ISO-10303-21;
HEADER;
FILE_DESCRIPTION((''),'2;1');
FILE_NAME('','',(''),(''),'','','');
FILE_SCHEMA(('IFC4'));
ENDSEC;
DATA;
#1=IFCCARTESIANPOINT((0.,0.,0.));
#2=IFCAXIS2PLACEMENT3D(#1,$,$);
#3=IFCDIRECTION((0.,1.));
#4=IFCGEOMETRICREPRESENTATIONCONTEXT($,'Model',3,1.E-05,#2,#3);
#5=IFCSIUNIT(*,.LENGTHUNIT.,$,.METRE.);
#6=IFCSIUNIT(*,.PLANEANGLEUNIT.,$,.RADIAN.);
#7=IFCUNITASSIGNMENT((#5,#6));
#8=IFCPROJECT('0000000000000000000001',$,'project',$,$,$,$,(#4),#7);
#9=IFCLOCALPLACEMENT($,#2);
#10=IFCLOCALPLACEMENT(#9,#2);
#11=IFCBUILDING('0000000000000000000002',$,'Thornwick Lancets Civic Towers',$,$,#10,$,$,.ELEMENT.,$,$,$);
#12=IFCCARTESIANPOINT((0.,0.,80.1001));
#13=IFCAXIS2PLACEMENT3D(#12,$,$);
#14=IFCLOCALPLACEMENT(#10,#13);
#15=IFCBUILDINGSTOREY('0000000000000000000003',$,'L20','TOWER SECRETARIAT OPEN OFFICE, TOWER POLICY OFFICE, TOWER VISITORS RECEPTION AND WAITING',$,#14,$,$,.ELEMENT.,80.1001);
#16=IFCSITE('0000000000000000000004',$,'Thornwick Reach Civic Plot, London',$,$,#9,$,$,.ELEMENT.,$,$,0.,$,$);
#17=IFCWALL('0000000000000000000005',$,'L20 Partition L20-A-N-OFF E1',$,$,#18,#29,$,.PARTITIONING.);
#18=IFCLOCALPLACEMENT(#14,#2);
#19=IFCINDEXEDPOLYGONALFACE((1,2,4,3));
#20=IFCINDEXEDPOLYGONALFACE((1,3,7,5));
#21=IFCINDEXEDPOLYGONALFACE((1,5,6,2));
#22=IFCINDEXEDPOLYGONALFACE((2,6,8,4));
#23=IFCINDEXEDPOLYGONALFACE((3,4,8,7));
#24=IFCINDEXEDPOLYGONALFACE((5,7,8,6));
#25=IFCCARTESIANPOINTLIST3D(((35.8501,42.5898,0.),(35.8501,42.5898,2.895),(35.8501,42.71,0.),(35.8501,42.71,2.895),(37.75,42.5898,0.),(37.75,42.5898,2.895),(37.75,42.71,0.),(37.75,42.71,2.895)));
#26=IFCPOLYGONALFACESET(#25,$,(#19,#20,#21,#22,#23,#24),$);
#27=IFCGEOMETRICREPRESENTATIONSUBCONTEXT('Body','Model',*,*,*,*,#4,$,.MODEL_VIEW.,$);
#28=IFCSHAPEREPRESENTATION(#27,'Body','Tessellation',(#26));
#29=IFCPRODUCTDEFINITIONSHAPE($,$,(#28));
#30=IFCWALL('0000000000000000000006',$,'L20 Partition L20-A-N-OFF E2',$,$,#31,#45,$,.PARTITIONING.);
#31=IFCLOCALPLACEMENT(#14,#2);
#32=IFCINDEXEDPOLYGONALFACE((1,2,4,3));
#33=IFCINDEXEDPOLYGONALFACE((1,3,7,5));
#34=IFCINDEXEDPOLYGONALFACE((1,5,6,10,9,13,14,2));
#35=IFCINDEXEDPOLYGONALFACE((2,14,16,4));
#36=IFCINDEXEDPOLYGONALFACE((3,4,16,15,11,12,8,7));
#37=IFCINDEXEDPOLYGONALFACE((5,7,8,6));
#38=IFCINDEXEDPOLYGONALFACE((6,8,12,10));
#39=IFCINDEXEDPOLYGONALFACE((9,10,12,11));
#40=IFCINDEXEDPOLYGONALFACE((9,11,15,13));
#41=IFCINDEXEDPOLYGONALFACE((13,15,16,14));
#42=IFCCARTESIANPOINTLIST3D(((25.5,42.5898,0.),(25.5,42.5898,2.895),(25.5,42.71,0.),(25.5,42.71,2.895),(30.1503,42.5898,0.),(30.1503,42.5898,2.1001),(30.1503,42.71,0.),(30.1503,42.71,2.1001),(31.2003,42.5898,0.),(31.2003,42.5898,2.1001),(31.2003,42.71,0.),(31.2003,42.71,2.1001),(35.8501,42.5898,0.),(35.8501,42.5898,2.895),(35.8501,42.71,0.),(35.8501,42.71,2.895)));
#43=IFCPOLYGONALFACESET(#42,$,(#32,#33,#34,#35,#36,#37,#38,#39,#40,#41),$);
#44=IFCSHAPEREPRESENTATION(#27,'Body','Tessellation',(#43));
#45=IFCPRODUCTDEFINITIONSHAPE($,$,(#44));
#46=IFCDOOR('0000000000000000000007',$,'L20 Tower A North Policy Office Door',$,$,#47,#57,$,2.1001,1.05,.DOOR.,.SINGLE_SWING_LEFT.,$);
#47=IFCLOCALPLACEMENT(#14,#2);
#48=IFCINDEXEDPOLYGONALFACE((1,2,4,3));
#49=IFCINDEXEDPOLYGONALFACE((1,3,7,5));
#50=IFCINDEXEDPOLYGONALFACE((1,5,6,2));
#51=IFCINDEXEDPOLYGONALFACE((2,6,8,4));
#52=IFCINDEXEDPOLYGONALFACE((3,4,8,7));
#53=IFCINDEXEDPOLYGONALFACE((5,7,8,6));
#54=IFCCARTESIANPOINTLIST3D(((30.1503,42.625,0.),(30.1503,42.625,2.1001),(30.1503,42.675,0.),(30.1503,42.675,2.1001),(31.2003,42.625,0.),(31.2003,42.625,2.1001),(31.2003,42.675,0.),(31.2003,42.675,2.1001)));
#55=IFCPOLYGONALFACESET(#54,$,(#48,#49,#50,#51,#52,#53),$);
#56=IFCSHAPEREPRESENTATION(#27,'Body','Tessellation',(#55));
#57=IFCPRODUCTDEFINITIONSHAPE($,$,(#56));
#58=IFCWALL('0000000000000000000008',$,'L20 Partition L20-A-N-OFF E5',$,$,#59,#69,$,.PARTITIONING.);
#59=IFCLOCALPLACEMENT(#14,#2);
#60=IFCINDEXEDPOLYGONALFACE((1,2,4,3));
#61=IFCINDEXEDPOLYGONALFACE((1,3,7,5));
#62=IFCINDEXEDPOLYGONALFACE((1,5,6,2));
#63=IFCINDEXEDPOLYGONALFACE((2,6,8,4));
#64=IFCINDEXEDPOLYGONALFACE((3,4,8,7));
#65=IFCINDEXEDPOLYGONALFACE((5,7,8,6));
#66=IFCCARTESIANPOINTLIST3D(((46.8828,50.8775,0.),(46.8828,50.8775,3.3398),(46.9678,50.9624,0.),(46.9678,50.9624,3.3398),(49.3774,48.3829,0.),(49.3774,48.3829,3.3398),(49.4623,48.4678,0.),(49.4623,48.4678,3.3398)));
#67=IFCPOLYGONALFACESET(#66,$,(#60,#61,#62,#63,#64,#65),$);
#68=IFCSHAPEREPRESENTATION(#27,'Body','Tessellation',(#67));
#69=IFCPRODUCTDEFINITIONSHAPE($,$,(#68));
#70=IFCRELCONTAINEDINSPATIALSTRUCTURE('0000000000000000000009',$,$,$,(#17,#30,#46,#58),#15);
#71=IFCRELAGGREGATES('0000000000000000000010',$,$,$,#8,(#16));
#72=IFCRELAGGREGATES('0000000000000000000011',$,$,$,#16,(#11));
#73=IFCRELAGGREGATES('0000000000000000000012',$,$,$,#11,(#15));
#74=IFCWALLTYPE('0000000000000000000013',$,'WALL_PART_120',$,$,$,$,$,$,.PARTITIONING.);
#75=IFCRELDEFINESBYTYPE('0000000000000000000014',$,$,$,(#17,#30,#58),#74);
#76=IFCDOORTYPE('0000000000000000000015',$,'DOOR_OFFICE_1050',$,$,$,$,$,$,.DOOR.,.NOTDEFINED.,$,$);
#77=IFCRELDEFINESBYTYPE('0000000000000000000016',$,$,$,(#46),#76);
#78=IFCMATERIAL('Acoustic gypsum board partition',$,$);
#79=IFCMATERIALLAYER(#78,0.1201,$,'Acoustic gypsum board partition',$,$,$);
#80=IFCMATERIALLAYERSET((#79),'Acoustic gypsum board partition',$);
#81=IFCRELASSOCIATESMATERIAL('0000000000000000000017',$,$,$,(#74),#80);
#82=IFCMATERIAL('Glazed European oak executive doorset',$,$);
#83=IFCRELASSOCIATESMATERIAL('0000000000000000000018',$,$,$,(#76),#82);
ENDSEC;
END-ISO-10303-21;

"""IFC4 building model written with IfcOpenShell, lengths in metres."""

from ifc_helpers import new_model, si_unit, direction, frame, frame_2d, origin, place, context, subcontext, project, spatial, rectangle, extrude, material, layer, layer_set, type_object, element, fill, save


model = new_model("IFC4")

# Units and contexts
model_context = context("Model", 3, precision=1e-05, world=origin(), true_north=direction((0.0, 1.0)))
body_context = subcontext(model_context, "Body", "Model", "MODEL_VIEW")
ifc_project = project(units=[si_unit("LENGTHUNIT", "METRE"), si_unit("PLANEANGLEUNIT", "RADIAN")], contexts=[model_context])

# Site, building, storey
site_placement = place(None, origin())
site = spatial("IfcSite", under=ifc_project, at=site_placement, Name="Thornwick Reach Civic Plot, London", CompositionType="ELEMENT", RefElevation=0.0)
building_placement = place(site_placement, origin())
building = spatial("IfcBuilding", under=site, at=building_placement, Name="Thornwick Lancets Civic Towers", CompositionType="ELEMENT")
storey_placement = place(building_placement, frame((0.0, 0.0, 80.1001)))
storey = spatial("IfcBuildingStorey", under=building, at=storey_placement, Name="L20", Description="TOWER SECRETARIAT OPEN OFFICE, TOWER POLICY OFFICE, TOWER VISITORS RECEPTION AND WAITING", CompositionType="ELEMENT", Elevation=80.1001)

# Wall
ifc_material_1 = material(Name="Acoustic gypsum board partition")
ifc_layer_1 = layer(ifc_material_1, 0.1201, Name="Acoustic gypsum board partition")
ifc_layer_set_1 = layer_set([ifc_layer_1], Name="Acoustic gypsum board partition")
wall_type_1 = type_object("IfcWallType", Name="WALL_PART_120", PredefinedType="PARTITIONING", material=ifc_layer_set_1)
wall_1_placement = place(storey_placement, frame((37.75, 42.6499, 0.0), z_axis=(0.0, 0.0, 1.0), x_axis=(-1.0, 0.0, 0.0)))
element("IfcWall", 1, at=wall_1_placement, inside=storey, type_object=wall_type_1, Name="L20 Partition L20-A-N-OFF E1", PredefinedType="PARTITIONING", context=body_context, shape_type="SweptSolid", body=[
    extrude(rectangle(XDim=1.8999, YDim=0.1201, at=frame_2d((0.95, 0.0))), origin(), (0.0, 0.0, 1.0), 2.895),
])

# Wall, opening, door
wall_2_placement = place(storey_placement, frame((35.8501, 42.6499, 0.0), z_axis=(0.0, 0.0, 1.0), x_axis=(-1.0, 0.0, 0.0)))
wall_2 = element("IfcWall", 2, at=wall_2_placement, inside=storey, type_object=wall_type_1, Name="L20 Partition L20-A-N-OFF E2", PredefinedType="PARTITIONING", context=body_context, shape_type="SweptSolid", body=[
    extrude(rectangle(XDim=10.3501, YDim=0.1201, at=frame_2d((5.175, 0.0))), origin(), (0.0, 0.0, 1.0), 2.895),
])
opening_1_placement = place(wall_2_placement, frame((4.6499, 0.0, 0.0)))
opening_1 = element("IfcOpeningElement", 3, at=opening_1_placement, cuts=wall_2, PredefinedType="OPENING", context=body_context, shape_type="SweptSolid", body=[
    extrude(rectangle(XDim=1.05, YDim=2.1001, at=frame_2d((0.5249, 1.05))), frame((0.0, 0.0701, 0.0), z_axis=(0.0, -1.0, 0.0), x_axis=(1.0, 0.0, 0.0)), (0.0, 0.0, 1.0), 0.1401),
])
ifc_material_2 = material(Name="Glazed European oak executive doorset")
door_type_1 = type_object("IfcDoorType", Name="DOOR_OFFICE_1050", OperationType="NOTDEFINED", PredefinedType="DOOR", material=ifc_material_2)
door_1_placement = place(opening_1_placement, origin())
door_1 = element("IfcDoor", 4, at=door_1_placement, inside=storey, type_object=door_type_1, Name="L20 Tower A North Policy Office Door", OperationType="SINGLE_SWING_LEFT", OverallHeight=2.1001, OverallWidth=1.05, PredefinedType="DOOR", context=body_context, shape_type="SweptSolid", body=[
    extrude(rectangle(XDim=1.05, YDim=2.1001, at=frame_2d((0.5249, 1.05))), frame((0.0, 0.0249, 0.0), z_axis=(0.0, -1.0, 0.0), x_axis=(1.0, 0.0, 0.0)), (0.0, 0.0, 1.0), 0.05),
])
fill(opening_1, door_1)

# Wall
wall_3_placement = place(storey_placement, frame((46.9253, 50.9199, 0.0), z_axis=(0.0, 0.0, 1.0), x_axis=(0.707107, -0.707107, 0.0)))
element("IfcWall", 5, at=wall_3_placement, inside=storey, type_object=wall_type_1, Name="L20 Partition L20-A-N-OFF E5", PredefinedType="PARTITIONING", context=body_context, shape_type="SweptSolid", body=[
    extrude(rectangle(XDim=3.5278, YDim=0.1201, at=frame_2d((1.7639, 0.0))), origin(), (0.0, 0.0, 1.0), 3.3398),
])

save(model, "model.ifc")
